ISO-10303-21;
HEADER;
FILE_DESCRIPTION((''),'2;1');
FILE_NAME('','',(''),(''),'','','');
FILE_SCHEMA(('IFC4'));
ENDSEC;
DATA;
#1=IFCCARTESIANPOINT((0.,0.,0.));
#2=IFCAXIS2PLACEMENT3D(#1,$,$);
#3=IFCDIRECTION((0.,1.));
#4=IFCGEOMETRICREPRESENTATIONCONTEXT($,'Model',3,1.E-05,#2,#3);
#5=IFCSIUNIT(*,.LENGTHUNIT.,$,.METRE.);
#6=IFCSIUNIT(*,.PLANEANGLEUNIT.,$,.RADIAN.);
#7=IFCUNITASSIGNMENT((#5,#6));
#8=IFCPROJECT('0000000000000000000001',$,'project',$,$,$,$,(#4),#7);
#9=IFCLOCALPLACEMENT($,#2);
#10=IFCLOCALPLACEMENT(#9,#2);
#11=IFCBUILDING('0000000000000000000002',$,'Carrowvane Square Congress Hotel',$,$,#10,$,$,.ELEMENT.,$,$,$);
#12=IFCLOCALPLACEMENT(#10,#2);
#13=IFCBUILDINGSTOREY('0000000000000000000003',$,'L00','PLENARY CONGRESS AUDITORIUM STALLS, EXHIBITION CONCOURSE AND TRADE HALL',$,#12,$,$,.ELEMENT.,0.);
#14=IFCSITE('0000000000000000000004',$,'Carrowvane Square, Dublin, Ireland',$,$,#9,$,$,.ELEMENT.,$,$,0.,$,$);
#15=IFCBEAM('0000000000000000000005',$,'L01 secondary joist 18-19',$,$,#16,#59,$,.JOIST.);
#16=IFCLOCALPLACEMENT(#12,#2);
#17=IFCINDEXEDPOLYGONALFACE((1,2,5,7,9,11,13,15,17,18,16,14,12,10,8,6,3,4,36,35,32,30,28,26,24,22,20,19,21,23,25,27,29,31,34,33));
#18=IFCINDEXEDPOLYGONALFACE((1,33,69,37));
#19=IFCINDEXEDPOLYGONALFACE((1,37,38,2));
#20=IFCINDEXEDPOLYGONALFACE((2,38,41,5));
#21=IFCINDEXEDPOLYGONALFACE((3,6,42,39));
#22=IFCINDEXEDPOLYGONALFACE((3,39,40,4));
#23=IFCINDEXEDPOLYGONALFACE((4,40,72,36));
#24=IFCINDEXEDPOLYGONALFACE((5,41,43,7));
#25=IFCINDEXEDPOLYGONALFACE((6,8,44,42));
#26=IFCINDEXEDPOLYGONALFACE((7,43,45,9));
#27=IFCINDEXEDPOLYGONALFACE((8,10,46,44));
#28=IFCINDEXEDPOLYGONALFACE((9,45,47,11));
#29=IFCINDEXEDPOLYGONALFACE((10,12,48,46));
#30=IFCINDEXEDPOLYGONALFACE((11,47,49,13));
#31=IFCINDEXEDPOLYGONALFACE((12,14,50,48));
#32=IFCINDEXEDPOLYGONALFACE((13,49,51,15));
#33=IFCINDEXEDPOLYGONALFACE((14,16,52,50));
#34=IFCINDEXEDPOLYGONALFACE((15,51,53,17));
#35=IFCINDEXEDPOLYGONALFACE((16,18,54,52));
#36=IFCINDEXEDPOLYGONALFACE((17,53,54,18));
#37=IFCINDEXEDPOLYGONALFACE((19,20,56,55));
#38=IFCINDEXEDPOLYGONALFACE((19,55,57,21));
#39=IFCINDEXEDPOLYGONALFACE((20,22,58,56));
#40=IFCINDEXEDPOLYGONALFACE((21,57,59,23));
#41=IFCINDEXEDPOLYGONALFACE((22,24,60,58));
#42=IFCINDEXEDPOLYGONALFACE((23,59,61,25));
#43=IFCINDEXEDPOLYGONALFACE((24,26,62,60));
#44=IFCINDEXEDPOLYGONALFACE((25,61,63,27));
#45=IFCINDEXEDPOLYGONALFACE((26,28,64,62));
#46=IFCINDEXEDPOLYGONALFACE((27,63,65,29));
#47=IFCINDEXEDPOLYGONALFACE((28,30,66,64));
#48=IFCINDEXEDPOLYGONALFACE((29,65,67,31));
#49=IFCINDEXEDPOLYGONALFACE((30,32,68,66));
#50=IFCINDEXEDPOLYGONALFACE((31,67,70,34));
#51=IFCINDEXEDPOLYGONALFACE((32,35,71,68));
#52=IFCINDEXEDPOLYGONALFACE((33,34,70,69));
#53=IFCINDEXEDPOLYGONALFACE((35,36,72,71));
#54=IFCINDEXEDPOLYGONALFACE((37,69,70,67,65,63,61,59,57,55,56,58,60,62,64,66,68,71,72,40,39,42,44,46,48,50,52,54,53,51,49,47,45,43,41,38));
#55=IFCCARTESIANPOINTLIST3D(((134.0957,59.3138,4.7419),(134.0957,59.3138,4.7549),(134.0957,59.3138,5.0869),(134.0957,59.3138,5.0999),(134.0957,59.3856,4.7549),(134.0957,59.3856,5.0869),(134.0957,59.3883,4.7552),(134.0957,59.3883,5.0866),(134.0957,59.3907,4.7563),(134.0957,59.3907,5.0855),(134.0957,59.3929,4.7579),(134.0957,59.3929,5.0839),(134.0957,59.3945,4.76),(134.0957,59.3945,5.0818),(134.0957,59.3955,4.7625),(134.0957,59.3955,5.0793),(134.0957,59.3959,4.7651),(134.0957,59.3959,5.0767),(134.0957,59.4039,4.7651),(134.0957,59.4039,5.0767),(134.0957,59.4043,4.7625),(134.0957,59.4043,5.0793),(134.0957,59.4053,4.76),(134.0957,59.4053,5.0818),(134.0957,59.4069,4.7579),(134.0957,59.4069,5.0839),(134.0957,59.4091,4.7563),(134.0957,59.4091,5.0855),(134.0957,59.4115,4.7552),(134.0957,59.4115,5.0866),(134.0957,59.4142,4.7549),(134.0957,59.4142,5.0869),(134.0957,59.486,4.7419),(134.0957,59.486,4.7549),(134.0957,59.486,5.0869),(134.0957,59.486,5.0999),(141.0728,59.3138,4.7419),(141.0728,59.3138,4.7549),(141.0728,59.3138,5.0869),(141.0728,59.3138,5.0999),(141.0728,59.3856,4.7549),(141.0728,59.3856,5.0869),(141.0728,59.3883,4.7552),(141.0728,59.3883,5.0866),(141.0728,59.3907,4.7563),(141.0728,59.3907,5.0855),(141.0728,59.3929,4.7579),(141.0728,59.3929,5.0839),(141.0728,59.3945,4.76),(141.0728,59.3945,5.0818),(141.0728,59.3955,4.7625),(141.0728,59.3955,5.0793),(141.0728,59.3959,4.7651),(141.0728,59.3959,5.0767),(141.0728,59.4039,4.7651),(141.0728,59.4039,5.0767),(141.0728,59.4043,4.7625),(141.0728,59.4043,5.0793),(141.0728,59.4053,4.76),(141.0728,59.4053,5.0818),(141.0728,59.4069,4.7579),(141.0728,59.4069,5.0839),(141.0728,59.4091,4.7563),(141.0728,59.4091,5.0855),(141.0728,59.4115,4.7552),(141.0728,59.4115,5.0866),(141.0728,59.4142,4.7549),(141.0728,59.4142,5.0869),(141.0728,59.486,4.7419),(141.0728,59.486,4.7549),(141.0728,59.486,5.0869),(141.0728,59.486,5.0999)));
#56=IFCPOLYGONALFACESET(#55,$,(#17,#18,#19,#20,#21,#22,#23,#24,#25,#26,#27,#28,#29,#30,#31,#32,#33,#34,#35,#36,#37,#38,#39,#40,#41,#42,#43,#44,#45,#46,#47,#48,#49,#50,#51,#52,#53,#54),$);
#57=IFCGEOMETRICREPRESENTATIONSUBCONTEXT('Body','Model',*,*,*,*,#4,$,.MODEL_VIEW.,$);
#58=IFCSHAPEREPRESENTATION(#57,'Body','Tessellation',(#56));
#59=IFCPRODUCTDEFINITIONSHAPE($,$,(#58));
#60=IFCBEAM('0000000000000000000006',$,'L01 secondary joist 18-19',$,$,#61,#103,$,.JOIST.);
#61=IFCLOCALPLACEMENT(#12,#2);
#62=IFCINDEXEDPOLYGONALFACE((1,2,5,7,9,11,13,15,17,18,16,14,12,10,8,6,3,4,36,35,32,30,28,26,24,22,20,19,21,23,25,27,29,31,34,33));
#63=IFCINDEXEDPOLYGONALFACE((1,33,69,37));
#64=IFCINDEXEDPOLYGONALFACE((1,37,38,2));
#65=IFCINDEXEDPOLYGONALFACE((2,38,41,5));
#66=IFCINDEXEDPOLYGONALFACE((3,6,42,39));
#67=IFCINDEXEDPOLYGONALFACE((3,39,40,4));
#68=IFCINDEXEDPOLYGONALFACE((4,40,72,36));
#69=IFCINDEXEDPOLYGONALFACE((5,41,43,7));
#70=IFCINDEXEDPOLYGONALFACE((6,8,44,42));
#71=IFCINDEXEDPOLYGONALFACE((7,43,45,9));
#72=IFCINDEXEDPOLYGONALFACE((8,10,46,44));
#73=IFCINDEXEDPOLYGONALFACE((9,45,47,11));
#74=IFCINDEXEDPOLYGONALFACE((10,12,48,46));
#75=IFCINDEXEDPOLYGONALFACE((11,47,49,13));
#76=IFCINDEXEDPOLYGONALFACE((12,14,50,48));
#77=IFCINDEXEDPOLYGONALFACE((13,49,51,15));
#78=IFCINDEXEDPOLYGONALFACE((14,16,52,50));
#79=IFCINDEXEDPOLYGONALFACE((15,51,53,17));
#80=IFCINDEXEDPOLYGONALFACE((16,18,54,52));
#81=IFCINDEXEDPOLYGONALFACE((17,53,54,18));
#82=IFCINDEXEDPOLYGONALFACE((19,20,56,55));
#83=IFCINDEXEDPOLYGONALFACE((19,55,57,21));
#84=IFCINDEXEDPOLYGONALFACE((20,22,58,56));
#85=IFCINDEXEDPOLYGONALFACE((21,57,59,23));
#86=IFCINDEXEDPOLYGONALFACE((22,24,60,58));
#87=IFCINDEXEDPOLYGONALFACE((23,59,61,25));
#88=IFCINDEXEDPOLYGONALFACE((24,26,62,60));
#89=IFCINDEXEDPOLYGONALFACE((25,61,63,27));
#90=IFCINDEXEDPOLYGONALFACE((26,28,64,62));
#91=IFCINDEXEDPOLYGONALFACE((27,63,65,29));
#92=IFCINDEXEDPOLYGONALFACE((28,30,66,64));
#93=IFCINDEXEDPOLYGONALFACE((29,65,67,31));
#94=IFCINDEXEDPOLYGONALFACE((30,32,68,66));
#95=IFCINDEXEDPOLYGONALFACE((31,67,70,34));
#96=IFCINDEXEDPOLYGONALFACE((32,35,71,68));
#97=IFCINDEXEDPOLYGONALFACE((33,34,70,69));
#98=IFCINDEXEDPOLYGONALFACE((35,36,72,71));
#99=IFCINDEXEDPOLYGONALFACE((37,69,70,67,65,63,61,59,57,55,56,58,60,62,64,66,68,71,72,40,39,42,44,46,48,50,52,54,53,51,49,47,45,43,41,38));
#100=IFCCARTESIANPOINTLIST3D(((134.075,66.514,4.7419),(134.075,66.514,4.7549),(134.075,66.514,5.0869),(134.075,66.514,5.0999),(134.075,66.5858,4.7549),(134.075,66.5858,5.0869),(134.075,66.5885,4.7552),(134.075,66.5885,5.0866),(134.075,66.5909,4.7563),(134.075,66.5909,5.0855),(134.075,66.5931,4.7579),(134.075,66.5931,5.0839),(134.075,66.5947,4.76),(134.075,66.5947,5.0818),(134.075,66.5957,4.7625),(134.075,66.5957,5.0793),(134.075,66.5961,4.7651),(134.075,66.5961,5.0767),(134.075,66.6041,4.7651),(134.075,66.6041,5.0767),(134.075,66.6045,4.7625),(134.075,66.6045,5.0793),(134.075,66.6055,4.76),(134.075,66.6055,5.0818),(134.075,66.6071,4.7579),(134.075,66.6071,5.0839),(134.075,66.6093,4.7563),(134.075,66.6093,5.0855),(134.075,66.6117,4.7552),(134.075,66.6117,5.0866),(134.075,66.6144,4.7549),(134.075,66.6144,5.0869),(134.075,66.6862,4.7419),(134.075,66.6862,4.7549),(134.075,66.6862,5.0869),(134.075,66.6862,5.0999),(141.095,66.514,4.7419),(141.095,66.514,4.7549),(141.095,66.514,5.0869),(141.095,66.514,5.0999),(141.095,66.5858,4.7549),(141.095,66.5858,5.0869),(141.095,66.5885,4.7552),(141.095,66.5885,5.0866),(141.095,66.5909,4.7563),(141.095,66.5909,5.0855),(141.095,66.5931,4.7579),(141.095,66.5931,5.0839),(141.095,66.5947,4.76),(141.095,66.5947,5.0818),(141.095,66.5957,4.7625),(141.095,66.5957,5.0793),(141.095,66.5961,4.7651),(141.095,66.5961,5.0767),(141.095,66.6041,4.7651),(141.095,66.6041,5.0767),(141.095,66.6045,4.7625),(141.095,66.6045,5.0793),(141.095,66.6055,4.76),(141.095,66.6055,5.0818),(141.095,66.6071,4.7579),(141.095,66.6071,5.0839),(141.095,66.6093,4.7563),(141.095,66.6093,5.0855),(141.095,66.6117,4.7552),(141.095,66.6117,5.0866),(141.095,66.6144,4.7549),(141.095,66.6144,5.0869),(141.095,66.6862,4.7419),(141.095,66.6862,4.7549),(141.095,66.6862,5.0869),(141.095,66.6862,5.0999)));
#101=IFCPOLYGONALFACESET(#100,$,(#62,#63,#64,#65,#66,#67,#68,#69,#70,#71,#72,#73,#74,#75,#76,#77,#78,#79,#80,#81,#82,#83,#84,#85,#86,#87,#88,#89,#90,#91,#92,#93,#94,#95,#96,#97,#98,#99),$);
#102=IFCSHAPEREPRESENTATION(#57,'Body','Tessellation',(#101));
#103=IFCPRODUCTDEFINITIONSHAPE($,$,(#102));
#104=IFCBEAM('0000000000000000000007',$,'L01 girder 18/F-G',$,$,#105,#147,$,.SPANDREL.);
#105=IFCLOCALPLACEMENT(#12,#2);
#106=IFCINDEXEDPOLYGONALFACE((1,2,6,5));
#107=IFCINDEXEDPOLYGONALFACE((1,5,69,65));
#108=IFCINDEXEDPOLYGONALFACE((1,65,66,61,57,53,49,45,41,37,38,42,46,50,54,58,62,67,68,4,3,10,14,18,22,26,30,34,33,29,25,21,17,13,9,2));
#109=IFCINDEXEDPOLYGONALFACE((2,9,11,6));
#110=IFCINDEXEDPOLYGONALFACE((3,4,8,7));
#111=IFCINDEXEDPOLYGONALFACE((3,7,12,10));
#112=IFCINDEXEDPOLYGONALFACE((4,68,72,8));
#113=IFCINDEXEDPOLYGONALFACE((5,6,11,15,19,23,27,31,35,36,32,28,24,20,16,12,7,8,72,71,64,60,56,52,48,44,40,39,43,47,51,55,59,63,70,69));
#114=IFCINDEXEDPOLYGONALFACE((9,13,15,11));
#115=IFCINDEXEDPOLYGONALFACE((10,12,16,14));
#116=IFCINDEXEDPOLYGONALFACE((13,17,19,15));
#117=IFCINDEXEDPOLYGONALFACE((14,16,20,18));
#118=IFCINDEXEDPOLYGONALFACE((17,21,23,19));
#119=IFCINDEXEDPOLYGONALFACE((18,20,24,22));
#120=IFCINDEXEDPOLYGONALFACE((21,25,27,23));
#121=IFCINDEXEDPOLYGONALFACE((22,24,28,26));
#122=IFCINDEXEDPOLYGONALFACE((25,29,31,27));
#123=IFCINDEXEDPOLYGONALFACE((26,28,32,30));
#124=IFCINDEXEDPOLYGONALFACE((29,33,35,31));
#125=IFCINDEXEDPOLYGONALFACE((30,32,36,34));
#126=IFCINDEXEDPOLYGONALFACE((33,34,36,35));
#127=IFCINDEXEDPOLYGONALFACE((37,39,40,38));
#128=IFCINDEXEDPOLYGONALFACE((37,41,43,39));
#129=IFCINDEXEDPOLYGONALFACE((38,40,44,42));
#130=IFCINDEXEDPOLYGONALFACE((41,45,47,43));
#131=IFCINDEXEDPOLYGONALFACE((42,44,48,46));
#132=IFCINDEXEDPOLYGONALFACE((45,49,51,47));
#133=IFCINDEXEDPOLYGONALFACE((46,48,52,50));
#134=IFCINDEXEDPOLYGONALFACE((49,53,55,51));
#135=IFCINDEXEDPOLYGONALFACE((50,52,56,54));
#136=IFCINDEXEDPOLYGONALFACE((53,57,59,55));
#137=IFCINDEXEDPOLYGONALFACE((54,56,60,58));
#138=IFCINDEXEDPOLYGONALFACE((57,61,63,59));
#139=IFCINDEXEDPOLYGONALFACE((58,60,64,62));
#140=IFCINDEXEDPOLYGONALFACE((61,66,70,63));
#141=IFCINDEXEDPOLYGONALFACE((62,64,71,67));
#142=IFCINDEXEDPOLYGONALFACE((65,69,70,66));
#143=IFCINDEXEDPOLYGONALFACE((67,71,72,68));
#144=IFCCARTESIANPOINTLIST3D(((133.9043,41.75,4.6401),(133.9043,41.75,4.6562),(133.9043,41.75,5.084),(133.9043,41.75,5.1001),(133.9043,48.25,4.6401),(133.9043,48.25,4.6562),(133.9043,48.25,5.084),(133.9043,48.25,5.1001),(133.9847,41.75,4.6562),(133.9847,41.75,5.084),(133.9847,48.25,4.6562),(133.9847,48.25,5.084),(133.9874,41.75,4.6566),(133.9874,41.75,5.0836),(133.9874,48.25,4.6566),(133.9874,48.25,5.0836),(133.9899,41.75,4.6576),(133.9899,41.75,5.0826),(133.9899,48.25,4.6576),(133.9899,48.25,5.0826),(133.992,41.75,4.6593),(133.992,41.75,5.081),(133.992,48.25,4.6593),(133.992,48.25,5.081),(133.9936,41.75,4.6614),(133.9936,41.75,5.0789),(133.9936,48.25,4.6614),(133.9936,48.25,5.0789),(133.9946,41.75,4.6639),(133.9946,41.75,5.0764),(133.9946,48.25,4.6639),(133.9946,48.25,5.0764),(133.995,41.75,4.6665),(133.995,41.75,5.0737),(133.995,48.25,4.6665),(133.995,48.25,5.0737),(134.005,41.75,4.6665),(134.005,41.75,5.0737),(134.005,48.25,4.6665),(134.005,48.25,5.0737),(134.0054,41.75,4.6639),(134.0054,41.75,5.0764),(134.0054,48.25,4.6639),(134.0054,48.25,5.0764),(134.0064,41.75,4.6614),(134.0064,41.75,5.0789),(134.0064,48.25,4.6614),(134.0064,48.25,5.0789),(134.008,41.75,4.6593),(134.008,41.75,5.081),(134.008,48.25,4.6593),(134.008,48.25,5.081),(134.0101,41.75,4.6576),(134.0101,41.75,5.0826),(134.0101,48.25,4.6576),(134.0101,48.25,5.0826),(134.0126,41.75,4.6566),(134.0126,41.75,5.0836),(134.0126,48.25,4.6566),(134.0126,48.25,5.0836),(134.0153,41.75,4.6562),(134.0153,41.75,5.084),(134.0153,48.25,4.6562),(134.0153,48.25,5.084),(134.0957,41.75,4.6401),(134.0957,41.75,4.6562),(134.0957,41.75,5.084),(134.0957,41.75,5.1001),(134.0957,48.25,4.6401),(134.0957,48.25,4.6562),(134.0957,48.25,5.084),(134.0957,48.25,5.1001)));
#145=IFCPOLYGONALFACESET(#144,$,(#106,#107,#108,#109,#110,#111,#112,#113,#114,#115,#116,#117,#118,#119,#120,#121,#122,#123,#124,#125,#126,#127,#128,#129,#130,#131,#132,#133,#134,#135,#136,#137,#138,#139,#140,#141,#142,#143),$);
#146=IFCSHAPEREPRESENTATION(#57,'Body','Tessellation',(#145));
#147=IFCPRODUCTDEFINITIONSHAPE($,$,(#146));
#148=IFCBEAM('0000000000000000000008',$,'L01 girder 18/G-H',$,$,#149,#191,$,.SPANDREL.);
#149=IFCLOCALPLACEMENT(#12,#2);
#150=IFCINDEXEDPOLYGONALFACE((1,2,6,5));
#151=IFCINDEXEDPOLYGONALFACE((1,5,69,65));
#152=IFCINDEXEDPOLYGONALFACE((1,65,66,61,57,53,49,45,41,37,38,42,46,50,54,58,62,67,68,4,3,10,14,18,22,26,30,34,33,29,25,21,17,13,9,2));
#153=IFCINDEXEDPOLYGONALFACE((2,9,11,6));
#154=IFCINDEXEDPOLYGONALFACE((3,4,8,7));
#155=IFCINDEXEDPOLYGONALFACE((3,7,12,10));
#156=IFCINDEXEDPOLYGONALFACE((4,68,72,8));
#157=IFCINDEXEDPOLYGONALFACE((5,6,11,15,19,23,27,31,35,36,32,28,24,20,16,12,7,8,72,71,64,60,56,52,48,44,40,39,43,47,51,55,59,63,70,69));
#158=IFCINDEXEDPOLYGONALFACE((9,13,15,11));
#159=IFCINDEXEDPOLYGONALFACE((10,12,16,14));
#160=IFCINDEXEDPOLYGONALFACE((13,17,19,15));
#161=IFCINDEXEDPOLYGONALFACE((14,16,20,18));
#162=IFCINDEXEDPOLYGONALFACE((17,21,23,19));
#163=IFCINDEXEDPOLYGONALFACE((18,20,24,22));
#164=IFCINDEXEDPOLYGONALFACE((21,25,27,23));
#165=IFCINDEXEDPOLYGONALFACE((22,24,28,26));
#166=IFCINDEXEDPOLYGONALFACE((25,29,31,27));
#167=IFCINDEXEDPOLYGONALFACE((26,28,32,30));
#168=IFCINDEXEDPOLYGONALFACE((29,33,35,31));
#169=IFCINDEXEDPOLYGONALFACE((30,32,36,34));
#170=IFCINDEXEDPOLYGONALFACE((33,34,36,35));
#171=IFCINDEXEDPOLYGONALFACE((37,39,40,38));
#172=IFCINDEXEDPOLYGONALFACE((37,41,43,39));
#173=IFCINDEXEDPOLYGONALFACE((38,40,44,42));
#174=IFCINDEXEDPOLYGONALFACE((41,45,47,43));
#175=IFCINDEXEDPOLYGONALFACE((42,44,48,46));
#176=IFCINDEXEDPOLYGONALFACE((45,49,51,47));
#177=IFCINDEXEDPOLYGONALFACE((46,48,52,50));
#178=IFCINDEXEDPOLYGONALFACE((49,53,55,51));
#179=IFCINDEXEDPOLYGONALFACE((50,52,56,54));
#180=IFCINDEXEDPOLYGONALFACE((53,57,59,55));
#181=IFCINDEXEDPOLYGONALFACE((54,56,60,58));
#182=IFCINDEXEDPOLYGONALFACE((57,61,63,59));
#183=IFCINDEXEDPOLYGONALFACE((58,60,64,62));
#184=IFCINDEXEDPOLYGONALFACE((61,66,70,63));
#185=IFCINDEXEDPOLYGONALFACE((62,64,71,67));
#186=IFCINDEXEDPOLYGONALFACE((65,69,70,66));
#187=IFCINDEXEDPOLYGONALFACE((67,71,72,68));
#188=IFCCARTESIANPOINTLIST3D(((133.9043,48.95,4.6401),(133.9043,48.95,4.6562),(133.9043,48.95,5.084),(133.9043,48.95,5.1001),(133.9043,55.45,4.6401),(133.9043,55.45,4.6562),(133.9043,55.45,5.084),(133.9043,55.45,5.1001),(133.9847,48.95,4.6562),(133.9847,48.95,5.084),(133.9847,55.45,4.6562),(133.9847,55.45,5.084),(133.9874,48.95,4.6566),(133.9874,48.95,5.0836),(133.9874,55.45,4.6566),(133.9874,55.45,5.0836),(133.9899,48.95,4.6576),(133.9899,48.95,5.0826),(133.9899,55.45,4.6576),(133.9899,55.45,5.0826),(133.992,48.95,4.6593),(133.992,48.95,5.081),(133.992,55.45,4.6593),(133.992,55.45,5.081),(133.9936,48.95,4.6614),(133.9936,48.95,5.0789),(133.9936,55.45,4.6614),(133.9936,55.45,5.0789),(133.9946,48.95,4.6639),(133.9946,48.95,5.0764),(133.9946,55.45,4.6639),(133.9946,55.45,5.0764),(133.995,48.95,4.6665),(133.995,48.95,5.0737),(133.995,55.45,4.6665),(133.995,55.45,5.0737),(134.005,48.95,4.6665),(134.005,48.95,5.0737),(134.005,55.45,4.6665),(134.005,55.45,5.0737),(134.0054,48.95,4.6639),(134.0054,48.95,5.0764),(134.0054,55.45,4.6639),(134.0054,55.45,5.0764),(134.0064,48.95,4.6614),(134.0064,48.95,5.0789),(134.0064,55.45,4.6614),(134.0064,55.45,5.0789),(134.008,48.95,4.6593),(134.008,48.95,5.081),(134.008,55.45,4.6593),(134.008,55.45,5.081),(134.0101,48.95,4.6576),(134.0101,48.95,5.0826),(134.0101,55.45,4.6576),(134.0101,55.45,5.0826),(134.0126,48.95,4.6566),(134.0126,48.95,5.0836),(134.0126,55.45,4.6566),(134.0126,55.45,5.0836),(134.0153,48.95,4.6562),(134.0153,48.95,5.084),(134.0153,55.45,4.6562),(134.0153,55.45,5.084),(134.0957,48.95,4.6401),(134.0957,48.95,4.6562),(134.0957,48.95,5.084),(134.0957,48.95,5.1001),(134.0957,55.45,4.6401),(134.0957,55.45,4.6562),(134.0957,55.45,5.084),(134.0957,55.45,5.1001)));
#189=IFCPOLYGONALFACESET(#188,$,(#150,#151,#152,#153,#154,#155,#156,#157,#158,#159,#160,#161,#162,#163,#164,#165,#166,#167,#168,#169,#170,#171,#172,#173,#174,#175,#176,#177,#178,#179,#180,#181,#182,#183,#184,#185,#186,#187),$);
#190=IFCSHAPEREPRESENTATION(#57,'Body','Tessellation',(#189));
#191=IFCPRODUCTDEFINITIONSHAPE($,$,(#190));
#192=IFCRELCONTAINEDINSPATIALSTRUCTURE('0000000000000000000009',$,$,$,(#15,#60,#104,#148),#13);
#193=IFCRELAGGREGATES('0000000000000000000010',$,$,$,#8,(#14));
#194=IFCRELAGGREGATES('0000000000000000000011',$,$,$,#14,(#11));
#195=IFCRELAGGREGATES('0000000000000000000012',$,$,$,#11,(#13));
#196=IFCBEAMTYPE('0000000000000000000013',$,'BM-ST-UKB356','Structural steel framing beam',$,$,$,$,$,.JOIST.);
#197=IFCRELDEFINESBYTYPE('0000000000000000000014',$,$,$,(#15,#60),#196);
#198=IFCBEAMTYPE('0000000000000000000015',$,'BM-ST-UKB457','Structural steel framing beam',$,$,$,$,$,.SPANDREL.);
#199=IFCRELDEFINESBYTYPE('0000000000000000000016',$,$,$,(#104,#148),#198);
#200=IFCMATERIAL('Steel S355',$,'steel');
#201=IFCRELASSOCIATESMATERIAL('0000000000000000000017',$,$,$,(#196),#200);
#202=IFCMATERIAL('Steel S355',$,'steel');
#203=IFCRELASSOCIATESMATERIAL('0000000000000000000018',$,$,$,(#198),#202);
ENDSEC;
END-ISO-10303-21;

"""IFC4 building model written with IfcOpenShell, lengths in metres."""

from ifc_helpers import new_model, si_unit, direction, frame, origin, origin_2d, place, context, subcontext, project, spatial, i_section, extrude, material, material_profile, profile_set, type_object, element, save


model = new_model("IFC4")

# Units and contexts
model_context = context("Model", 3, precision=1e-05, world=origin(), true_north=direction((0.0, 1.0)))
body_context = subcontext(model_context, "Body", "Model", "MODEL_VIEW")
ifc_project = project(units=[si_unit("LENGTHUNIT", "METRE"), si_unit("PLANEANGLEUNIT", "RADIAN")], contexts=[model_context])

# Site, building, storey
site_placement = place(None, origin())
site = spatial("IfcSite", under=ifc_project, at=site_placement, Name="Carrowvane Square, Dublin, Ireland", CompositionType="ELEMENT", RefElevation=0.0)
building_placement = place(site_placement, origin())
building = spatial("IfcBuilding", under=site, at=building_placement, Name="Carrowvane Square Congress Hotel", CompositionType="ELEMENT")
storey_placement = place(building_placement, origin())
storey = spatial("IfcBuildingStorey", under=building, at=storey_placement, Name="L00", Description="PLENARY CONGRESS AUDITORIUM STALLS, EXHIBITION CONCOURSE AND TRADE HALL", CompositionType="ELEMENT", Elevation=0.0)

# Beams
ifc_material_1 = material(Name="Steel S355", Category="steel")
ifc_material_profile_1 = material_profile(ifc_material_1, i_section(OverallWidth=0.1721, OverallDepth=0.3579, WebThickness=0.0081, FlangeThickness=0.0129, FilletRadius=0.0103, at=origin_2d()), Name="UKB 356x171x57")
ifc_profile_set_1 = profile_set([ifc_material_profile_1], Name="Steel S355")
beam_type_1 = type_object("IfcBeamType", Name="BM-ST-UKB356", Description="Structural steel framing beam", PredefinedType="JOIST", material=ifc_profile_set_1)
for number, where, z_axis, x_axis, name in (
    (1, (134.0957, 59.3999, 4.9209), (1.0, 0.0, 0.0), (0.0, 1.0, 0.0), "L01 secondary joist 18-19"),
):
    element("IfcBeam", number, at=place(storey_placement, frame(where, z_axis=z_axis, x_axis=x_axis)), inside=storey, type_object=beam_type_1, Name=name, PredefinedType="JOIST", context=body_context, shape_type="SweptSolid", body=[
        extrude(i_section(OverallWidth=0.1721, OverallDepth=0.3579, WebThickness=0.0081, FlangeThickness=0.0129, FilletRadius=0.0103, at=origin_2d()), origin(), (0.0, 0.0, 1.0), 6.9771),
    ])
beam_1_placement = place(storey_placement, frame((134.075, 66.6001, 4.9209), z_axis=(1.0, 0.0, 0.0), x_axis=(0.0, 1.0, 0.0)))
element("IfcBeam", 2, at=beam_1_placement, inside=storey, type_object=beam_type_1, Name="L01 secondary joist 18-19", PredefinedType="JOIST", context=body_context, shape_type="SweptSolid", body=[
    extrude(i_section(OverallWidth=0.1721, OverallDepth=0.3579, WebThickness=0.0081, FlangeThickness=0.0129, FilletRadius=0.0103, at=origin_2d()), origin(), (0.0, 0.0, 1.0), 7.02),
])
ifc_material_2 = material(Name="Steel S355", Category="steel")
ifc_material_profile_2 = material_profile(ifc_material_2, i_section(OverallWidth=0.1914, OverallDepth=0.46, WebThickness=0.01, FlangeThickness=0.0161, FilletRadius=0.0103, at=origin_2d()), Name="UKB 457x191x82")
ifc_profile_set_2 = profile_set([ifc_material_profile_2], Name="Steel S355")
beam_type_2 = type_object("IfcBeamType", Name="BM-ST-UKB457", Description="Structural steel framing beam", PredefinedType="SPANDREL", material=ifc_profile_set_2)
for number, where, z_axis, x_axis, name in (
    (3, (134.0, 41.75, 4.8701), (0.0, 1.0, 0.0), (-1.0, 0.0, 0.0), "L01 girder 18/F-G"),
    (4, (134.0, 48.95, 4.8701), (0.0, 1.0, 0.0), (-1.0, 0.0, 0.0), "L01 girder 18/G-H"),
):
    element("IfcBeam", number, at=place(storey_placement, frame(where, z_axis=z_axis, x_axis=x_axis)), inside=storey, type_object=beam_type_2, Name=name, PredefinedType="SPANDREL", context=body_context, shape_type="SweptSolid", body=[
        extrude(i_section(OverallWidth=0.1914, OverallDepth=0.46, WebThickness=0.01, FlangeThickness=0.0161, FilletRadius=0.0103, at=origin_2d()), origin(), (0.0, 0.0, 1.0), 6.5),
    ])

save(model, "model.ifc")
